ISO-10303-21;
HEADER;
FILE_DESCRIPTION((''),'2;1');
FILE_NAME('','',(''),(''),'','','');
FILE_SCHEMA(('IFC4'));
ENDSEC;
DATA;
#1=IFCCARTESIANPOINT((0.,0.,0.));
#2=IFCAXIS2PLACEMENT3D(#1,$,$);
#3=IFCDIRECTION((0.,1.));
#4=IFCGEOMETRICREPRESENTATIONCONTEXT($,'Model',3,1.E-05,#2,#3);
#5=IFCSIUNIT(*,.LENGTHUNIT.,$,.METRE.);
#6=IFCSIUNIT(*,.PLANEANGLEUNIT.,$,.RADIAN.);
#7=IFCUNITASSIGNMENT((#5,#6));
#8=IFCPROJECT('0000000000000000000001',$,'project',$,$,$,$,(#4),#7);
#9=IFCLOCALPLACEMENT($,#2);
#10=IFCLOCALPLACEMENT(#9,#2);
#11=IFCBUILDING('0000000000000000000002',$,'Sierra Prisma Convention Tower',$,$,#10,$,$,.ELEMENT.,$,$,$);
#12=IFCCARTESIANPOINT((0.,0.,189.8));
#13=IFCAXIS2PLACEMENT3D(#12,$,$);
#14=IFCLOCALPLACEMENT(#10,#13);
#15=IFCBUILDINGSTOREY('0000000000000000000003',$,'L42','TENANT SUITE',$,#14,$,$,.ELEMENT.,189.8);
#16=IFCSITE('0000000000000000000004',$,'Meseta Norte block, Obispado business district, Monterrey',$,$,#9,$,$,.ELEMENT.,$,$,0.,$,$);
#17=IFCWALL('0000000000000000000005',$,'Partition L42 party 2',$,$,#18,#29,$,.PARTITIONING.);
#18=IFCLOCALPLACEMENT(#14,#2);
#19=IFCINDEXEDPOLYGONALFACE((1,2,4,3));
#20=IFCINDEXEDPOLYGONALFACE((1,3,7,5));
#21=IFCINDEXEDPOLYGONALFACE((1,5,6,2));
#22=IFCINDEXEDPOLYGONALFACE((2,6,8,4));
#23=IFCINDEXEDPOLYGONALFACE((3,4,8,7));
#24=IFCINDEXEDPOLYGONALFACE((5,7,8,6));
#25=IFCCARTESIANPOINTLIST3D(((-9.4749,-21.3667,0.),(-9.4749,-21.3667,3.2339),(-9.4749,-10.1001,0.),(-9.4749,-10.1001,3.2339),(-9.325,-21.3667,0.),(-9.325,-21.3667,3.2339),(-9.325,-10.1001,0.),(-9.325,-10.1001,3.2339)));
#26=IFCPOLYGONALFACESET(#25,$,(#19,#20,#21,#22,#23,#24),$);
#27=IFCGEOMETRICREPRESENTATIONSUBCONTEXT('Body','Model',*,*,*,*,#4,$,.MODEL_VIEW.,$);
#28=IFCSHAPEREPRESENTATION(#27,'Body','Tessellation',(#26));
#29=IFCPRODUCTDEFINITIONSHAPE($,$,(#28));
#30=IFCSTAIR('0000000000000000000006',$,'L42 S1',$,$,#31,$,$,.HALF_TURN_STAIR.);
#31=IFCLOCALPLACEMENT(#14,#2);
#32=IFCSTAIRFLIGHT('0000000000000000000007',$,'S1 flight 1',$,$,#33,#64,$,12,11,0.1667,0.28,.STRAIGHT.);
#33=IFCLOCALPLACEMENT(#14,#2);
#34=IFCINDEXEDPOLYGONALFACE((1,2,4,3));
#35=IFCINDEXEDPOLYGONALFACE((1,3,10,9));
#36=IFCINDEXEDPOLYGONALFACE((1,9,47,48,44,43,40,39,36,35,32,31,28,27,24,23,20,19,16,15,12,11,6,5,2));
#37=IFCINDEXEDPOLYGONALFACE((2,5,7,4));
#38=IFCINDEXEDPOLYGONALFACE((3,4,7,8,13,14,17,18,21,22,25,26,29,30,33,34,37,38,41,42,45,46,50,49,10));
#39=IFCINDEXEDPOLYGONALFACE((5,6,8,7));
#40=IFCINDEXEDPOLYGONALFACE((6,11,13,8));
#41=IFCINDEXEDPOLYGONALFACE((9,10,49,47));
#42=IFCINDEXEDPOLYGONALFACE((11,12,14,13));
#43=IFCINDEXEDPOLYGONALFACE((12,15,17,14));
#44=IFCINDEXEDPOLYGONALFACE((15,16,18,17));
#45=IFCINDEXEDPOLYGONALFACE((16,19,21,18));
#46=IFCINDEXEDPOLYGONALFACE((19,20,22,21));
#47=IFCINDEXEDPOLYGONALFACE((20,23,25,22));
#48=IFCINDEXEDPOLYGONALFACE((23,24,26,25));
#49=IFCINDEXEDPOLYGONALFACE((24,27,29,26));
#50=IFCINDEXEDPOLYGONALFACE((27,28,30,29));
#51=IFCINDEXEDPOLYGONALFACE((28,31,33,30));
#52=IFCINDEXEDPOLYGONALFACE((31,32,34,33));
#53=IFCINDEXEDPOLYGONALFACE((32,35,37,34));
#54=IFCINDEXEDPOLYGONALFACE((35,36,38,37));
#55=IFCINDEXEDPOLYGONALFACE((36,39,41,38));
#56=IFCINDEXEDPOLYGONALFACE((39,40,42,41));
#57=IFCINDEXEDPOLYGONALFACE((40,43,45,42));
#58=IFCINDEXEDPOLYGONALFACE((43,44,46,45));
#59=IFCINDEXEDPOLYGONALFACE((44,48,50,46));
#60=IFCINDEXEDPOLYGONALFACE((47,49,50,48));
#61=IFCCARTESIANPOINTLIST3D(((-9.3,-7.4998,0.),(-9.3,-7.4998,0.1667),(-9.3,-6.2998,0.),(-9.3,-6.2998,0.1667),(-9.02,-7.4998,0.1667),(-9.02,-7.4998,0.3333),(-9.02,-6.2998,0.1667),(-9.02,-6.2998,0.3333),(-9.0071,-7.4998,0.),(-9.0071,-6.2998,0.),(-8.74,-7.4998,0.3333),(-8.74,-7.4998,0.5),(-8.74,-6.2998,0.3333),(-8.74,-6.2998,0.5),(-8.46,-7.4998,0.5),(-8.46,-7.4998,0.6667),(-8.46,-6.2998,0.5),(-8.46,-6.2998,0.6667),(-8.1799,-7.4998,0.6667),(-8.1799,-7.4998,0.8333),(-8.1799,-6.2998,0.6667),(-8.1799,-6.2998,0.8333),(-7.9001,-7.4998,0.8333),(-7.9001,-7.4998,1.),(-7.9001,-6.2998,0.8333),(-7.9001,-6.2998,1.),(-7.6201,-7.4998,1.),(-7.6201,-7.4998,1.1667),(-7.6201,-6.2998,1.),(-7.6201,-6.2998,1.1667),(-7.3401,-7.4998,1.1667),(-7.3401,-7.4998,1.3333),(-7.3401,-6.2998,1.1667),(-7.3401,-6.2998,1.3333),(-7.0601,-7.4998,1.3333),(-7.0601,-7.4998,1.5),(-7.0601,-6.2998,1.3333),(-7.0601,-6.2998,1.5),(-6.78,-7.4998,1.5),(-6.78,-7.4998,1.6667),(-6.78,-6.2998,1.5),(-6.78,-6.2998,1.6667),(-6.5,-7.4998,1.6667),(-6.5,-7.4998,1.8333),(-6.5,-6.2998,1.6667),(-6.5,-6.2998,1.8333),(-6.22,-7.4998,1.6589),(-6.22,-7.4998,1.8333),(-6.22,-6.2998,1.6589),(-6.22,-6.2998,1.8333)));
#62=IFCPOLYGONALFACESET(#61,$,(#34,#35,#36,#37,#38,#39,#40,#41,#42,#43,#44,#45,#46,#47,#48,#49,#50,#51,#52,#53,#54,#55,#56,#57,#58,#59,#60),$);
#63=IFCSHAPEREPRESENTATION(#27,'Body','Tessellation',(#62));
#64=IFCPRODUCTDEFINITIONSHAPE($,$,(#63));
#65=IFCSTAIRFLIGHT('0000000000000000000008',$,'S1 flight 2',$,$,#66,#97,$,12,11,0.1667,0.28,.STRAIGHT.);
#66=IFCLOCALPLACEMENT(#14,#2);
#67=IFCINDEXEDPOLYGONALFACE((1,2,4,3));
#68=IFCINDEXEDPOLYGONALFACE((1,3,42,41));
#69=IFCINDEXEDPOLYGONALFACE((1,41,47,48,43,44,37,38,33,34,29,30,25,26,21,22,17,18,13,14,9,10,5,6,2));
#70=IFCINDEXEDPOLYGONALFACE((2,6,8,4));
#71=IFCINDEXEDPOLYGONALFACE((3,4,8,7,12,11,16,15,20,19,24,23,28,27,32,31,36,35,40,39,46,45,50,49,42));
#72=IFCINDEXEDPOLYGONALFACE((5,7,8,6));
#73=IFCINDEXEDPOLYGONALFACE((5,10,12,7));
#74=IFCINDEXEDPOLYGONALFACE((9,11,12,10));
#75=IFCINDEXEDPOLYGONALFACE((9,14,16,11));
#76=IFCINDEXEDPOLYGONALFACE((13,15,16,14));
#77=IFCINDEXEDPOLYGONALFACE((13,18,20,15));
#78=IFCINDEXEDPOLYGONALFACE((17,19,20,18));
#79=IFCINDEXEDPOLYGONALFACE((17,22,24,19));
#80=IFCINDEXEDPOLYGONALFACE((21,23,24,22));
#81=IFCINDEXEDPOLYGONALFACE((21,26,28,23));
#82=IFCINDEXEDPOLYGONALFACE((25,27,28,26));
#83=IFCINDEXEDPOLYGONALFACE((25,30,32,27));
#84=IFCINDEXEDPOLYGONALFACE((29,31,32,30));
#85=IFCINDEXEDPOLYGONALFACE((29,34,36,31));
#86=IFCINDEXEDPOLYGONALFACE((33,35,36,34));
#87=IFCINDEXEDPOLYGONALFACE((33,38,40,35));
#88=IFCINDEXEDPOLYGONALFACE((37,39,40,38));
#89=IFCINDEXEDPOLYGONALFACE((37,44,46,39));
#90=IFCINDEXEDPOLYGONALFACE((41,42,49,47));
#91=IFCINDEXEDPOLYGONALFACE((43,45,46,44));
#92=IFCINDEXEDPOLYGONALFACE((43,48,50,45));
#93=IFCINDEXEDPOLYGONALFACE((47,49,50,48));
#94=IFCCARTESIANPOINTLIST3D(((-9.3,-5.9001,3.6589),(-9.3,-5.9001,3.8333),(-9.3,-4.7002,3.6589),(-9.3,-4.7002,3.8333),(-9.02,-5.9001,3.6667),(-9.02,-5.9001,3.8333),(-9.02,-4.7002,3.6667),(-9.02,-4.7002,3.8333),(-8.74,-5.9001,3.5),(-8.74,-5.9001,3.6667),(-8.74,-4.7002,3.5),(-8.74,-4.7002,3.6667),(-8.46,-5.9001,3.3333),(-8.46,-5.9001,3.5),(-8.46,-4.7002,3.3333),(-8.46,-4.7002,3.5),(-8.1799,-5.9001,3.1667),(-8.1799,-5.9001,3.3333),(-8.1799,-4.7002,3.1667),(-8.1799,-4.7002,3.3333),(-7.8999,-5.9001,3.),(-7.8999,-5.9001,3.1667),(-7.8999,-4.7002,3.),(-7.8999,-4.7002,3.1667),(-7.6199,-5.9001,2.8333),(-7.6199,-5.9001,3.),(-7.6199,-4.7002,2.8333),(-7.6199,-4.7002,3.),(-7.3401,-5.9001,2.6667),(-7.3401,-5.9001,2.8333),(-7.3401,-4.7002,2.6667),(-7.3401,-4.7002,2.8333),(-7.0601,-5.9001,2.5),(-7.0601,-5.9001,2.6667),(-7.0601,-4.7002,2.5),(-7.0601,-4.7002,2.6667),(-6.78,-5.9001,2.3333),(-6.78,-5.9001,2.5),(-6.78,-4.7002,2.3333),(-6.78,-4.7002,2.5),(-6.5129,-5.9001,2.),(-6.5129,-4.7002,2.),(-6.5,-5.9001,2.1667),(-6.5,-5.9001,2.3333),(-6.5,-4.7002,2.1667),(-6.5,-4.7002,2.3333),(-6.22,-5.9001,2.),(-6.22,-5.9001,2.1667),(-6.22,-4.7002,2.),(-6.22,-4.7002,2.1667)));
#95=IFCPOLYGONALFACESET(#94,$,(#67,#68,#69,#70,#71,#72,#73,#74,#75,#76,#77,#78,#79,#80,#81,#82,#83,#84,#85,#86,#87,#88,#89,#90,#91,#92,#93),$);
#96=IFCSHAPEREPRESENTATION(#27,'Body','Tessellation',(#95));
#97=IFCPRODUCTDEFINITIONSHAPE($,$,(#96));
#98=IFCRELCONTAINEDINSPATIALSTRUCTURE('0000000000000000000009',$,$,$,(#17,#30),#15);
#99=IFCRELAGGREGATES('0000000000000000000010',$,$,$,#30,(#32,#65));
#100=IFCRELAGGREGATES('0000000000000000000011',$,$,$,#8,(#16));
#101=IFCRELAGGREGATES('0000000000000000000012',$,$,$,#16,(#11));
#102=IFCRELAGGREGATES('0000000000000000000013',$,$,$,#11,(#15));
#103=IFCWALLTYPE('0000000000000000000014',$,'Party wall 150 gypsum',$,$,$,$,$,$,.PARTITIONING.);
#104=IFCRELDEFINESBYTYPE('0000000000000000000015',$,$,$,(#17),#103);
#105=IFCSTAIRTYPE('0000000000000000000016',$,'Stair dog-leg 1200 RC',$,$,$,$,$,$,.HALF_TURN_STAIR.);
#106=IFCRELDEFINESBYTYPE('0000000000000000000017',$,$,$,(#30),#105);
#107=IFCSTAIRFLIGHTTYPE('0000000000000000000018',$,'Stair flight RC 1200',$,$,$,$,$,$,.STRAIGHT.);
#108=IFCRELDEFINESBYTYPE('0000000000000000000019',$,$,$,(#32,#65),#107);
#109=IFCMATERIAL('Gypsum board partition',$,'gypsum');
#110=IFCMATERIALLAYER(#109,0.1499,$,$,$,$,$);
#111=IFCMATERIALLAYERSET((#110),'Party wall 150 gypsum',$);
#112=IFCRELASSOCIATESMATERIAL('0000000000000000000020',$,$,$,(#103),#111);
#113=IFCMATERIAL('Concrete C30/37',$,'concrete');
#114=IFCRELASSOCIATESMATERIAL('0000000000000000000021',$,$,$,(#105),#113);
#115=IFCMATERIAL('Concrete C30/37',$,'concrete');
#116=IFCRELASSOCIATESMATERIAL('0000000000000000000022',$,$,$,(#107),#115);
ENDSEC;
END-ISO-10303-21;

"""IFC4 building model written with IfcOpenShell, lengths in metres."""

from ifc_helpers import new_model, si_unit, direction, frame, frame_2d, origin, place, context, subcontext, project, spatial, polyline, rectangle, outline, extrude, material, layer, layer_set, type_object, element, aggregate, save


model = new_model("IFC4")

# Units and contexts
model_context = context("Model", 3, precision=1e-05, world=origin(), true_north=direction((0.0, 1.0)))
body_context = subcontext(model_context, "Body", "Model", "MODEL_VIEW")
ifc_project = project(units=[si_unit("LENGTHUNIT", "METRE"), si_unit("PLANEANGLEUNIT", "RADIAN")], contexts=[model_context])

# Site, building, storey
site_placement = place(None, origin())
site = spatial("IfcSite", under=ifc_project, at=site_placement, Name="Meseta Norte block, Obispado business district, Monterrey", CompositionType="ELEMENT", RefElevation=0.0)
building_placement = place(site_placement, origin())
building = spatial("IfcBuilding", under=site, at=building_placement, Name="Sierra Prisma Convention Tower", CompositionType="ELEMENT")
storey_placement = place(building_placement, frame((0.0, 0.0, 189.8)))
storey = spatial("IfcBuildingStorey", under=building, at=storey_placement, Name="L42", Description="TENANT SUITE", CompositionType="ELEMENT", Elevation=189.8)

# Wall
ifc_material_1 = material(Name="Gypsum board partition", Category="gypsum")
ifc_layer_1 = layer(ifc_material_1, 0.1499)
ifc_layer_set_1 = layer_set([ifc_layer_1], Name="Party wall 150 gypsum")
wall_type_1 = type_object("IfcWallType", Name="Party wall 150 gypsum", PredefinedType="PARTITIONING", material=ifc_layer_set_1)
wall_1_placement = place(storey_placement, frame((-9.3999, -10.1001, 0.0), z_axis=(0.0, 0.0, 1.0), x_axis=(0.0, -1.0, 0.0)))
element("IfcWall", 1, at=wall_1_placement, inside=storey, type_object=wall_type_1, Name="Partition L42 party 2", PredefinedType="PARTITIONING", context=body_context, shape_type="SweptSolid", body=[
    extrude(rectangle(XDim=11.2666, YDim=0.1499, at=frame_2d((5.6333, 0.0))), origin(), (0.0, 0.0, 1.0), 3.2339),
])

# Stair, stair flights
ifc_material_2 = material(Name="Concrete C30/37", Category="concrete")
stair_type = type_object("IfcStairType", Name="Stair dog-leg 1200 RC", PredefinedType="HALF_TURN_STAIR", material=ifc_material_2)
stair_placement = place(storey_placement, origin())
stair = element("IfcStair", 2, at=stair_placement, inside=storey, type_object=stair_type, Name="L42 S1", PredefinedType="HALF_TURN_STAIR")
ifc_material_3 = material(Name="Concrete C30/37", Category="concrete")
stair_flight_type = type_object("IfcStairFlightType", Name="Stair flight RC 1200", PredefinedType="STRAIGHT", material=ifc_material_3)
stair_flight_1_placement = place(storey_placement, frame((-9.3, -6.8999, 0.0), z_axis=(0.0, 0.0, 1.0), x_axis=(1.0, 0.0, 0.0)))
stair_flight_1 = element("IfcStairFlight", 3, at=stair_flight_1_placement, type_object=stair_flight_type, Name="S1 flight 1", NumberOfRisers=12, NumberOfTreads=11, PredefinedType="STRAIGHT", RiserHeight=0.1667, TreadLength=0.28, context=body_context, shape_type="SweptSolid", body=[
    extrude(outline(polyline([(0.0, 0.0), (0.0, 0.1667), (0.28, 0.1667), (0.28, 0.3333), (0.5601, 0.3333), (0.5601, 0.5), (0.8401, 0.5), (0.8401, 0.6667), (1.1201, 0.6667), (1.1201, 0.8333), (1.3999, 0.8333), (1.3999, 1.0), (1.6799, 1.0), (1.6799, 1.1667), (1.96, 1.1667), (1.96, 1.3333), (2.24, 1.3333), (2.24, 1.5), (2.52, 1.5), (2.52, 1.6667), (2.8, 1.6667), (2.8, 1.8333), (3.0801, 1.8333), (3.0801, 2.0), (3.0801, 1.6589), (0.293, 0.0), (0.0, 0.0)])), frame((0.0, 0.6001, 0.0), z_axis=(0.0, -1.0, 0.0), x_axis=(1.0, 0.0, 0.0)), (0.0, 0.0, 1.0), 1.2),
])
stair_flight_2_placement = place(storey_placement, frame((-6.22, -5.3, 2.0), z_axis=(0.0, 0.0, 1.0), x_axis=(-1.0, 0.0, 0.0)))
stair_flight_2 = element("IfcStairFlight", 4, at=stair_flight_2_placement, type_object=stair_flight_type, Name="S1 flight 2", NumberOfRisers=12, NumberOfTreads=11, PredefinedType="STRAIGHT", RiserHeight=0.1667, TreadLength=0.28, context=body_context, shape_type="SweptSolid", body=[
    extrude(outline(polyline([(0.0, 0.0), (0.0, 0.1667), (0.28, 0.1667), (0.28, 0.3333), (0.5601, 0.3333), (0.5601, 0.5), (0.8401, 0.5), (0.8401, 0.6667), (1.1201, 0.6667), (1.1201, 0.8333), (1.3999, 0.8333), (1.3999, 1.0), (1.6799, 1.0), (1.6799, 1.1667), (1.96, 1.1667), (1.96, 1.3333), (2.24, 1.3333), (2.24, 1.5), (2.52, 1.5), (2.52, 1.6667), (2.8, 1.6667), (2.8, 1.8333), (3.0801, 1.8333), (3.0801, 2.0), (3.0801, 1.6589), (0.293, 0.0), (0.0, 0.0)])), frame((0.0, 0.6001, 0.0), z_axis=(0.0, -1.0, 0.0), x_axis=(1.0, 0.0, 0.0)), (0.0, 0.0, 1.0), 1.2),
])
aggregate(stair, [stair_flight_1, stair_flight_2])

save(model, "model.ifc")
